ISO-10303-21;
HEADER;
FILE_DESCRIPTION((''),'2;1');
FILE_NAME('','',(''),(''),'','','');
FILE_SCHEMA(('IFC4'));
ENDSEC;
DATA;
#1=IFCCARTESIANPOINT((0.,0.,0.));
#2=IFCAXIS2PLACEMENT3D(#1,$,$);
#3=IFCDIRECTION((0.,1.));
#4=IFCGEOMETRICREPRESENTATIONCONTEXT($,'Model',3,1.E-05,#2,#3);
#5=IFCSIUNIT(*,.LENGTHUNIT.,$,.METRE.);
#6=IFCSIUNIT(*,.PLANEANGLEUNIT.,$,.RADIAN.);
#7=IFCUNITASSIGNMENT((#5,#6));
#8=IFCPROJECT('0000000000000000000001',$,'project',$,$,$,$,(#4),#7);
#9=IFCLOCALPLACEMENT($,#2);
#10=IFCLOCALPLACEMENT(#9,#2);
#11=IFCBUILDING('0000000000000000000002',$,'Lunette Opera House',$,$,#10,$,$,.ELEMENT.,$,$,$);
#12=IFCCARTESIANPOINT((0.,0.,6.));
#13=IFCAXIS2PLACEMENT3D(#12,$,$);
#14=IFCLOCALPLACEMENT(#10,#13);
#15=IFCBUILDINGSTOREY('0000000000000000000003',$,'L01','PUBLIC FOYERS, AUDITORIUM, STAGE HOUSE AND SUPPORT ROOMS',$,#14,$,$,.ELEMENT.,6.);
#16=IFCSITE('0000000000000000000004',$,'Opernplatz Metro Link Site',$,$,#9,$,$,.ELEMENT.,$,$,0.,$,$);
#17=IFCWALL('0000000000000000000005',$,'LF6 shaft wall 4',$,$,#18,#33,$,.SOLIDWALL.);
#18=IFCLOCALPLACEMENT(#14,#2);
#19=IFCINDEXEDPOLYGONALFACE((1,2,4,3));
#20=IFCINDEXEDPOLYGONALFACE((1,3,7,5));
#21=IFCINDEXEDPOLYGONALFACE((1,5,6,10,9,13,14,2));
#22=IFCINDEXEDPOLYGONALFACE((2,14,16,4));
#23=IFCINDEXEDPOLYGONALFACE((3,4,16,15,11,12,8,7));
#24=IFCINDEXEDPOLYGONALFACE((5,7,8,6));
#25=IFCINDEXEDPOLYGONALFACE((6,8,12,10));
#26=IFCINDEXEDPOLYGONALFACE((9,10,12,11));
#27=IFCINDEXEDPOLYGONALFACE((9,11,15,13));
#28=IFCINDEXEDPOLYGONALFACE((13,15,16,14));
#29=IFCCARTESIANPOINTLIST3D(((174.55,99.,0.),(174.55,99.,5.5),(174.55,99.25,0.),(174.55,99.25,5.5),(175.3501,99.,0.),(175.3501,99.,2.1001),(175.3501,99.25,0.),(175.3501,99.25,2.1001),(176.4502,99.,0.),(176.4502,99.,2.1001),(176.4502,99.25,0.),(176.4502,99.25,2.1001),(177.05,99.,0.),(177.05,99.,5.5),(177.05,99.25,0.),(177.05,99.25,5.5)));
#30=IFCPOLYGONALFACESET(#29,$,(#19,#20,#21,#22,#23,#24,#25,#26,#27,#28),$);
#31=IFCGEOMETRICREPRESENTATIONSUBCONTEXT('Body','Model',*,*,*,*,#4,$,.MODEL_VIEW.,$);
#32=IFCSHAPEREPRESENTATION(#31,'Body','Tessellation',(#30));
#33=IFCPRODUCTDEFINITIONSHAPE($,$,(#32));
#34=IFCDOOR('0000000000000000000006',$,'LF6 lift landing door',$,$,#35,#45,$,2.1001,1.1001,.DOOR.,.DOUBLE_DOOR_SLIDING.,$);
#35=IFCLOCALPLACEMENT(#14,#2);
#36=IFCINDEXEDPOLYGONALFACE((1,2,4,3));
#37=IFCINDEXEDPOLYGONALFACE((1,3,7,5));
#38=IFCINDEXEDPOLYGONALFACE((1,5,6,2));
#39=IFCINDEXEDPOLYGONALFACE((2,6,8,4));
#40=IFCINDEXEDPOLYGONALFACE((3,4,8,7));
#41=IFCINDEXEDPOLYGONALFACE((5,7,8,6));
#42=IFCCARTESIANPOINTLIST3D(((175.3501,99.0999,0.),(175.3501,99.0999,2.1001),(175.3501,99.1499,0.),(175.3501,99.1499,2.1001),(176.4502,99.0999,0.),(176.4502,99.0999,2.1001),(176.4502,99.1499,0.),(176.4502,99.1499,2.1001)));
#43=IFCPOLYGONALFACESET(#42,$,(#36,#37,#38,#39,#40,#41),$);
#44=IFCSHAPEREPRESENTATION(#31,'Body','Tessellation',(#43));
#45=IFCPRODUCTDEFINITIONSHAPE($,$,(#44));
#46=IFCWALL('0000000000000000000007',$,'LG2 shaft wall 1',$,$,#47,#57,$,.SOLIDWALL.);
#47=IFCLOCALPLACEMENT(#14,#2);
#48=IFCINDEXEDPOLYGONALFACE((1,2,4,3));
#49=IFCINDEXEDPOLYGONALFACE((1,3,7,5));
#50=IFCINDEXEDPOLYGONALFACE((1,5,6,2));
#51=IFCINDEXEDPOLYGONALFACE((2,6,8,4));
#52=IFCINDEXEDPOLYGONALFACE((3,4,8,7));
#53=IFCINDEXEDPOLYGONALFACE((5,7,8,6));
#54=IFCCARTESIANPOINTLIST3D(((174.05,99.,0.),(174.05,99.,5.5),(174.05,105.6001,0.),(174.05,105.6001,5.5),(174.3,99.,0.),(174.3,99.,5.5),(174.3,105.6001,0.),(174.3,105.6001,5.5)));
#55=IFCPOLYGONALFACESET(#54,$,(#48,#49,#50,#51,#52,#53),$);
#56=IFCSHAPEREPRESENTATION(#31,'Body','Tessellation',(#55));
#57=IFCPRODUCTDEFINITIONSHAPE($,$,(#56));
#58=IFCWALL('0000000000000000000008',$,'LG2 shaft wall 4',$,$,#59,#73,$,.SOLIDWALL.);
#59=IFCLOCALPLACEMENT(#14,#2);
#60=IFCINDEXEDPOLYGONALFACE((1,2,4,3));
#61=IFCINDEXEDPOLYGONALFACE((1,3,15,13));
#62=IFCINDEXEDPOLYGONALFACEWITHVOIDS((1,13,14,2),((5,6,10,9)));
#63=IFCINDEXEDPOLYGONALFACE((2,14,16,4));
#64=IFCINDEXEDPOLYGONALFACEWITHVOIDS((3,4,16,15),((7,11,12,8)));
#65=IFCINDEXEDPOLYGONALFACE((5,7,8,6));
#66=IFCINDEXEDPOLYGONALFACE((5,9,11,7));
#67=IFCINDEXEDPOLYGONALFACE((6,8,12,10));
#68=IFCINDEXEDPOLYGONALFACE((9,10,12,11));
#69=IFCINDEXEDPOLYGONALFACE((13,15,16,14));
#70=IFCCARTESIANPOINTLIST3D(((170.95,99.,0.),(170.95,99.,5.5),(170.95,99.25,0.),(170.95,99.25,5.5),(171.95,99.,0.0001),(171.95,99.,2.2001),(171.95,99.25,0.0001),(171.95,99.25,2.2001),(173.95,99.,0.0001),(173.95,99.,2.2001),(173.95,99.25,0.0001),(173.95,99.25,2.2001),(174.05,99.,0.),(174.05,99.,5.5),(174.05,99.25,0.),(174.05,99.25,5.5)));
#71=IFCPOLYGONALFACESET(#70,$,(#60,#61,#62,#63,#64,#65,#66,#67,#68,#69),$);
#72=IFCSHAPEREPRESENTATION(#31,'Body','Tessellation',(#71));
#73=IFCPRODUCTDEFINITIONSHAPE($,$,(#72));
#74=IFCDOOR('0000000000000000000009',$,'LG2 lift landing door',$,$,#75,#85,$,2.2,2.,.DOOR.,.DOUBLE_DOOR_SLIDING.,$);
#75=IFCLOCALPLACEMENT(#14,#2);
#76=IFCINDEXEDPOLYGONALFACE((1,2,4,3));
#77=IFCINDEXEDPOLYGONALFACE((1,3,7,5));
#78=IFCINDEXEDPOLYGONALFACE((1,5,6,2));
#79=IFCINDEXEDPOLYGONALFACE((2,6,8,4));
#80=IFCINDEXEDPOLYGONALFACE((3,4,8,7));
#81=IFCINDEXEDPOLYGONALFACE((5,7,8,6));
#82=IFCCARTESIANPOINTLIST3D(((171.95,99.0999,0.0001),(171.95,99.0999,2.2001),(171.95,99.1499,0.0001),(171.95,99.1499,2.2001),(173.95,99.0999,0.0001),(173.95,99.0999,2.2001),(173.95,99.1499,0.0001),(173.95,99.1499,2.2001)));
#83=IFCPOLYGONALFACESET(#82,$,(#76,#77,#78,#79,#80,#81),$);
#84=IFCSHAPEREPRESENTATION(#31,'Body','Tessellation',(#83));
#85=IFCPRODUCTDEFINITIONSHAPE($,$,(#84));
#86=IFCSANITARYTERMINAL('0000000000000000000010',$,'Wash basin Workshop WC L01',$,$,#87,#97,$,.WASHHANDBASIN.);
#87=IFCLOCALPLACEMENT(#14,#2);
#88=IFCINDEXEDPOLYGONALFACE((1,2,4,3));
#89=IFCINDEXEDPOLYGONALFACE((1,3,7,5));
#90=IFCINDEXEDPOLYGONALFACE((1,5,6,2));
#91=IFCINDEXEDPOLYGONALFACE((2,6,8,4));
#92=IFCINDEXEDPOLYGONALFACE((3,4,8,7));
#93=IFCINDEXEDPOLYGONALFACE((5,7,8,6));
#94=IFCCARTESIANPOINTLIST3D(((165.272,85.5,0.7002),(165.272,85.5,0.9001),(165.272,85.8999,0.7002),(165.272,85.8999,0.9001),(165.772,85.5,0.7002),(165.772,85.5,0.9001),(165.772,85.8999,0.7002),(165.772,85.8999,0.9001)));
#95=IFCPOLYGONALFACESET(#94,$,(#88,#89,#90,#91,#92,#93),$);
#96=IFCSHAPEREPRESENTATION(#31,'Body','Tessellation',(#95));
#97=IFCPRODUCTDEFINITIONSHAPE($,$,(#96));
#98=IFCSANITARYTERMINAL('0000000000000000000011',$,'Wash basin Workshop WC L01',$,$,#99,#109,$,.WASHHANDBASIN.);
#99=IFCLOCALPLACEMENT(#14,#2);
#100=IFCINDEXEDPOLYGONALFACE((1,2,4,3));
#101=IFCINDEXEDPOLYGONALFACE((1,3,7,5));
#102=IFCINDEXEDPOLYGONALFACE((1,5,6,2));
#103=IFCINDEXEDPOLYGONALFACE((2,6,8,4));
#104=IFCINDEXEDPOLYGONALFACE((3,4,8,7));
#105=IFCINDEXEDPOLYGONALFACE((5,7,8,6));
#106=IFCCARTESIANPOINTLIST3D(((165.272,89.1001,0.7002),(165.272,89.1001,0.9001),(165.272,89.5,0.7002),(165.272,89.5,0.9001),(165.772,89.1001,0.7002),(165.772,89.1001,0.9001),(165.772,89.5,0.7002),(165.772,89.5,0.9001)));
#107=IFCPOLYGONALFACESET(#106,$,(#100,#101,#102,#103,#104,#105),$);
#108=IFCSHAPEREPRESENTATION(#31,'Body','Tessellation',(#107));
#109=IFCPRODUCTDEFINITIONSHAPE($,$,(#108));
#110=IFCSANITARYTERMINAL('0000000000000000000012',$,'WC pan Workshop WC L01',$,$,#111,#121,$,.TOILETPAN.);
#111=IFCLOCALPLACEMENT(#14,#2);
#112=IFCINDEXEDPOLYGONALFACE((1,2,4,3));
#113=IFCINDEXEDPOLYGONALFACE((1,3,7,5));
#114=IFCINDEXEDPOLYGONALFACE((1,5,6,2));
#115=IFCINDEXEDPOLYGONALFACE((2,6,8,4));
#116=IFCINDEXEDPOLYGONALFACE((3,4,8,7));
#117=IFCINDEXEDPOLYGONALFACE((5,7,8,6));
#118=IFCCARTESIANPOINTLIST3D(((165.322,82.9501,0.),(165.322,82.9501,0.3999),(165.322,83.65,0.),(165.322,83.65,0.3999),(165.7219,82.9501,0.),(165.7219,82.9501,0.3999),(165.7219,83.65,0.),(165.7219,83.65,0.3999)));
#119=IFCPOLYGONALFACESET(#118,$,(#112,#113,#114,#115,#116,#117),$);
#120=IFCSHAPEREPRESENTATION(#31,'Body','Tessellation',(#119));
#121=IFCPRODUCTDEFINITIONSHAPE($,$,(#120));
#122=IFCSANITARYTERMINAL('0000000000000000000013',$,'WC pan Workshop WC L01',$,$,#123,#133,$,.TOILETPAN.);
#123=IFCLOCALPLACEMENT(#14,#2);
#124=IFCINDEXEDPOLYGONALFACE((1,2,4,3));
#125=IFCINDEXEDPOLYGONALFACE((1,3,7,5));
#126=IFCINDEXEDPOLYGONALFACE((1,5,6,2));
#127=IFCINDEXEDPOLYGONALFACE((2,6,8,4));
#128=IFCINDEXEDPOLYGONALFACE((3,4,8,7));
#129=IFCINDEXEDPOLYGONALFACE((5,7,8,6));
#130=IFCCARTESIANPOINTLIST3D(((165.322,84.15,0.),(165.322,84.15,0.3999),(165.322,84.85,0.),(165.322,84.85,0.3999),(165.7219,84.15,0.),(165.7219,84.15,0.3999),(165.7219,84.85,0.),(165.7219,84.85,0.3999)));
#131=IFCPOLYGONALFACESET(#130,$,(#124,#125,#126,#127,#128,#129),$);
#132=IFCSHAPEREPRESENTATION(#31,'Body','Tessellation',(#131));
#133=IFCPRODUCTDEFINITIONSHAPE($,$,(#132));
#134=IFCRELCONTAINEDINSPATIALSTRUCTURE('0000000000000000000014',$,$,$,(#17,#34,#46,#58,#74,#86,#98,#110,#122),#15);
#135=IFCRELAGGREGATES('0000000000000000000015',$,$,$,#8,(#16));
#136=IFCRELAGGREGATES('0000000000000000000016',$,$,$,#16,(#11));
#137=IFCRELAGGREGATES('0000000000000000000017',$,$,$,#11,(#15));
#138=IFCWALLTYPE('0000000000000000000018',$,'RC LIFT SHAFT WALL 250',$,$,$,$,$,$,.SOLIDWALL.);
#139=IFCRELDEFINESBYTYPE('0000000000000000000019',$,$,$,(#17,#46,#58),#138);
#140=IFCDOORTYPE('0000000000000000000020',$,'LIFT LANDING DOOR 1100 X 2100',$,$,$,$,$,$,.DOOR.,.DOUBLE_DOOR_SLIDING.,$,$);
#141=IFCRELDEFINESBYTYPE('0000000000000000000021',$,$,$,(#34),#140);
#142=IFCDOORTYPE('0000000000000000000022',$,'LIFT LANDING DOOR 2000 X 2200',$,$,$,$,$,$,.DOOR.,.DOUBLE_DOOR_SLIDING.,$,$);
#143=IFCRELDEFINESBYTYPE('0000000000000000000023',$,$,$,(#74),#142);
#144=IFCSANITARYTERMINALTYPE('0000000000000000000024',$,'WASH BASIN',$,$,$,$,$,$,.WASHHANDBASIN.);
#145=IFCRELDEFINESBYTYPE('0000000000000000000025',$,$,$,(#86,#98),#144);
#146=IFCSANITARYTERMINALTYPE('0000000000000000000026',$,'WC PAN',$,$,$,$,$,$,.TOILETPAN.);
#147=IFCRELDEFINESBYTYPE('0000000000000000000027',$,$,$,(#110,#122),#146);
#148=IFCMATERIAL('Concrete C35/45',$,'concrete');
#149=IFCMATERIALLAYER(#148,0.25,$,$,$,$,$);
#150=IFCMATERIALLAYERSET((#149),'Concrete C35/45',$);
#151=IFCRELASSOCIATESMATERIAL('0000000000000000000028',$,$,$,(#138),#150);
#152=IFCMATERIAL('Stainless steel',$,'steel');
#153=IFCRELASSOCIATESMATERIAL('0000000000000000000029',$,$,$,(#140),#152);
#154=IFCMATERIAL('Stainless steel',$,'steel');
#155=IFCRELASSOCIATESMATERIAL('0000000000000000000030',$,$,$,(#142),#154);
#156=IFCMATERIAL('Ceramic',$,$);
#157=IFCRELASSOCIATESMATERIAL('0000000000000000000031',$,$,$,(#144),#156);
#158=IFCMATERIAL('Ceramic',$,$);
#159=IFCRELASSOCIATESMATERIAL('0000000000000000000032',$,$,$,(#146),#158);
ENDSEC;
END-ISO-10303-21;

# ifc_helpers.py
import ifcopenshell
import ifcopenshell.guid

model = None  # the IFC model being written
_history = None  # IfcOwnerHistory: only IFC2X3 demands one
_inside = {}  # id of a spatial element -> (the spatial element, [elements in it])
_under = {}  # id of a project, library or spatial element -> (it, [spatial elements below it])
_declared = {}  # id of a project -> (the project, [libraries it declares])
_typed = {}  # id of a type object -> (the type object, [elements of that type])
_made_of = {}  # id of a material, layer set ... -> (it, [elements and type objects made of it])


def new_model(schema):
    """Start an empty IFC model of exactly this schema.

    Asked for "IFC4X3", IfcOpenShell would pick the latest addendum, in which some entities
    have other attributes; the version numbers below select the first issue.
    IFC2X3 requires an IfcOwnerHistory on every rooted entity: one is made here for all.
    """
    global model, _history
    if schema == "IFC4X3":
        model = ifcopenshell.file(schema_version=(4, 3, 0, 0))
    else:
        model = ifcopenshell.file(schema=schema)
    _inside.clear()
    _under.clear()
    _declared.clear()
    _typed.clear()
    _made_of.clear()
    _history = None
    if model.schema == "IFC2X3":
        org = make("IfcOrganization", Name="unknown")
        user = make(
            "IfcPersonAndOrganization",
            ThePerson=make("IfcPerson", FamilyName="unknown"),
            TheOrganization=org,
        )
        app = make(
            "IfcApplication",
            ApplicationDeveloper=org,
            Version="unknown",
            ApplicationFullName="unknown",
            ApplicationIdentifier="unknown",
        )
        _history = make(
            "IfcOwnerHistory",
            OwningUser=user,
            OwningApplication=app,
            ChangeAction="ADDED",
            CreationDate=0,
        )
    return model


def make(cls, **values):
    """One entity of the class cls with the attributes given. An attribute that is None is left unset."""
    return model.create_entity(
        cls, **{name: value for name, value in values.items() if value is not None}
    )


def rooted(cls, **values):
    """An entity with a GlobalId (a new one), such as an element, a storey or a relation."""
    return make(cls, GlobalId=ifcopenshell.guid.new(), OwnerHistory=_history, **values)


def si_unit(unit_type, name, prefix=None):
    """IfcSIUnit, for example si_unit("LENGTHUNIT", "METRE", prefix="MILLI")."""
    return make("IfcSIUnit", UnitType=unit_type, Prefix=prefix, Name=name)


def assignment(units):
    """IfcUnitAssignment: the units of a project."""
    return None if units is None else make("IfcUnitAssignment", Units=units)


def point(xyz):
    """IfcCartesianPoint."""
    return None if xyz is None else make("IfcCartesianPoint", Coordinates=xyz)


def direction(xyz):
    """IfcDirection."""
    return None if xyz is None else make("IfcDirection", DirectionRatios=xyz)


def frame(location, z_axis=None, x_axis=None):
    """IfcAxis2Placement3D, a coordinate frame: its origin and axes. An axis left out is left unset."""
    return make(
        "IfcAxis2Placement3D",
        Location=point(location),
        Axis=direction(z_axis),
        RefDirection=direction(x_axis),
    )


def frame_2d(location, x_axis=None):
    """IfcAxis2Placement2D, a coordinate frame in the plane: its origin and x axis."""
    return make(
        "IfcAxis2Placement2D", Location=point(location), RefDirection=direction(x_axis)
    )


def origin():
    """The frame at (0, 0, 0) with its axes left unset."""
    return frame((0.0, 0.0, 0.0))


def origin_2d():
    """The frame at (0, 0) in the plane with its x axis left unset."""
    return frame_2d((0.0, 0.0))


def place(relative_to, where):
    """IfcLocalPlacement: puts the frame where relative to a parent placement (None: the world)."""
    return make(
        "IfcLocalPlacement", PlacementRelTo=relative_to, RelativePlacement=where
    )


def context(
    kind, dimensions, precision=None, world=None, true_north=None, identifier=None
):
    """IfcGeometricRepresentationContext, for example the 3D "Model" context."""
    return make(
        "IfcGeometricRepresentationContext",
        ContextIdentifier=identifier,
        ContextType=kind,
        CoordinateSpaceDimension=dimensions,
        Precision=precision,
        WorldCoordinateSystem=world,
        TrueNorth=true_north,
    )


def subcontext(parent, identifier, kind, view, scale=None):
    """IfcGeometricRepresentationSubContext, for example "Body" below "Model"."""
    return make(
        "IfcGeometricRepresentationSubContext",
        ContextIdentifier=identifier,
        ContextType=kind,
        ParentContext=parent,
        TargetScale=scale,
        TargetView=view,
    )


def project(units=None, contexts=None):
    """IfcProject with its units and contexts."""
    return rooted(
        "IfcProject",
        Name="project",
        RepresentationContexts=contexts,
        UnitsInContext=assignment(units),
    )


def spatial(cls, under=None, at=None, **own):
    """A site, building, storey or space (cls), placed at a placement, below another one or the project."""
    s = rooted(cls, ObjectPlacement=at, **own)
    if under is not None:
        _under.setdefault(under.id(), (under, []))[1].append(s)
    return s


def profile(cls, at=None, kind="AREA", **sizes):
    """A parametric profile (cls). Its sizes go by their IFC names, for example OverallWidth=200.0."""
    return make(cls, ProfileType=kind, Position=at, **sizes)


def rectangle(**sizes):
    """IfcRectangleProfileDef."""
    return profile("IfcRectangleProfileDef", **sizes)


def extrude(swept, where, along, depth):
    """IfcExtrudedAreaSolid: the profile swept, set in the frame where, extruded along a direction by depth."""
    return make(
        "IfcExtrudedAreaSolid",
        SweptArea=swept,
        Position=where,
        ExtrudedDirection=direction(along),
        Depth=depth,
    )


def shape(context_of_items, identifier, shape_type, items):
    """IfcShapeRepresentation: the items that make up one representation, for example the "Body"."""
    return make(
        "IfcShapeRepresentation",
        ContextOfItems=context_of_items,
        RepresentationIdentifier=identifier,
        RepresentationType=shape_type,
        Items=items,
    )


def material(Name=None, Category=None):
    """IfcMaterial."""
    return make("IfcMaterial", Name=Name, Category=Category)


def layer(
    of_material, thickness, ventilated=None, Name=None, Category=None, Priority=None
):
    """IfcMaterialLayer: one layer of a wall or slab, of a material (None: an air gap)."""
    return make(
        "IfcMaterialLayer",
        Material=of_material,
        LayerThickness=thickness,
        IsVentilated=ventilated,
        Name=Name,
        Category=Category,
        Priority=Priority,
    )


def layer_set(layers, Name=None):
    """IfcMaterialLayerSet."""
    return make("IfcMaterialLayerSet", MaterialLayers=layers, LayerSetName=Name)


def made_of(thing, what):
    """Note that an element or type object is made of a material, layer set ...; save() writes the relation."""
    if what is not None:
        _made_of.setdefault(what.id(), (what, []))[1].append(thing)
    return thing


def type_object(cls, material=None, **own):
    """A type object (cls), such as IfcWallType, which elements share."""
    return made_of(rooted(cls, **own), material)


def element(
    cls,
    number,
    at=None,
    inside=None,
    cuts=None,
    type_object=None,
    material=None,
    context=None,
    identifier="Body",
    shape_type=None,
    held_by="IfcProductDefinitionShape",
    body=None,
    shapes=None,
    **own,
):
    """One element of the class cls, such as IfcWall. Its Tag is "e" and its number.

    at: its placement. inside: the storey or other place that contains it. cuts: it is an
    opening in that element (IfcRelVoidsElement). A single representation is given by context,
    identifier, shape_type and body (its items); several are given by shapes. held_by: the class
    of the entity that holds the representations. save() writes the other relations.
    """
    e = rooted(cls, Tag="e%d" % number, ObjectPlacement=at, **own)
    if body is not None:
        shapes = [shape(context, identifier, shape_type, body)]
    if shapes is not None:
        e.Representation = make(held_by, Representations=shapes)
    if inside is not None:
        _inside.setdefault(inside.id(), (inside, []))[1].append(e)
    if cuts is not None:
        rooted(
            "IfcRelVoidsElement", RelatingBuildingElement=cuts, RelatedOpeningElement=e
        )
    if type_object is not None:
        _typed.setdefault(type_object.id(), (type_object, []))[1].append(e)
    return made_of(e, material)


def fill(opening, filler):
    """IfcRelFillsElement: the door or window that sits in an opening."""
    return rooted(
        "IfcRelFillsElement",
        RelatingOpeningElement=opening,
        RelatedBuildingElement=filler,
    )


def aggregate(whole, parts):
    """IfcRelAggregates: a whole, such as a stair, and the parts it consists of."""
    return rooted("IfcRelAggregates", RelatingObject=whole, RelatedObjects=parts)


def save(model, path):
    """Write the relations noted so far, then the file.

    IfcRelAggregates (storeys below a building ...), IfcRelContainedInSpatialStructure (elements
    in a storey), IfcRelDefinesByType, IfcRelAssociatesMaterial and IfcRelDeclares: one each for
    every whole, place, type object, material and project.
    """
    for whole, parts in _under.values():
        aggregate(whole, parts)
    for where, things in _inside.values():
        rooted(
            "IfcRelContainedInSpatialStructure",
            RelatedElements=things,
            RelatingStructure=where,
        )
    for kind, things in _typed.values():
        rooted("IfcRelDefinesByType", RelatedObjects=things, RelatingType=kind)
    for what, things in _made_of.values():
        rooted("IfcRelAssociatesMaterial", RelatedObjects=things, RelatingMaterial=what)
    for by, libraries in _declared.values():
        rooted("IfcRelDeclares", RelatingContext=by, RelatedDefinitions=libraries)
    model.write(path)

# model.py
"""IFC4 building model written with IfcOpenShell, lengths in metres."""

from ifc_helpers import new_model, si_unit, direction, frame, frame_2d, origin, origin_2d, place, context, subcontext, project, spatial, rectangle, extrude, material, layer, layer_set, type_object, element, fill, save


model = new_model("IFC4")

# Units and contexts
model_context = context("Model", 3, precision=1e-05, world=origin(), true_north=direction((0.0, 1.0)))
body_context = subcontext(model_context, "Body", "Model", "MODEL_VIEW")
ifc_project = project(units=[si_unit("LENGTHUNIT", "METRE"), si_unit("PLANEANGLEUNIT", "RADIAN")], contexts=[model_context])

# Site, building, storey
site_placement = place(None, origin())
site = spatial("IfcSite", under=ifc_project, at=site_placement, Name="Opernplatz Metro Link Site", CompositionType="ELEMENT", RefElevation=0.0)
building_placement = place(site_placement, origin())
building = spatial("IfcBuilding", under=site, at=building_placement, Name="Lunette Opera House", CompositionType="ELEMENT")
storey_placement = place(building_placement, frame((0.0, 0.0, 6.0)))
storey = spatial("IfcBuildingStorey", under=building, at=storey_placement, Name="L01", Description="PUBLIC FOYERS, AUDITORIUM, STAGE HOUSE AND SUPPORT ROOMS", CompositionType="ELEMENT", Elevation=6.0)

# Wall, opening, door
ifc_material_1 = material(Name="Concrete C35/45", Category="concrete")
ifc_layer_1 = layer(ifc_material_1, 0.25)
ifc_layer_set_1 = layer_set([ifc_layer_1], Name="Concrete C35/45")
wall_type_1 = type_object("IfcWallType", Name="RC LIFT SHAFT WALL 250", PredefinedType="SOLIDWALL", material=ifc_layer_set_1)
wall_1_placement = place(storey_placement, frame((174.55, 99.125, 0.0), z_axis=(0.0, 0.0, 1.0), x_axis=(1.0, 0.0, 0.0)))
wall_1 = element("IfcWall", 1, at=wall_1_placement, inside=storey, type_object=wall_type_1, Name="LF6 shaft wall 4", PredefinedType="SOLIDWALL", context=body_context, shape_type="SweptSolid", body=[
    extrude(rectangle(XDim=2.5, YDim=0.25, at=frame_2d((1.25, 0.0))), origin(), (0.0, 0.0, 1.0), 5.5),
])
opening_1_placement = place(wall_1_placement, frame((0.8, 0.0, 0.0)))
opening_1 = element("IfcOpeningElement", 2, at=opening_1_placement, cuts=wall_1, PredefinedType="OPENING", context=body_context, shape_type="SweptSolid", body=[
    extrude(rectangle(XDim=1.1001, YDim=2.1001, at=frame_2d((0.55, 1.05))), frame((0.0, 0.137, 0.0), z_axis=(0.0, -1.0, 0.0), x_axis=(1.0, 0.0, 0.0)), (0.0, 0.0, 1.0), 0.2739),
])
ifc_material_2 = material(Name="Stainless steel", Category="steel")
door_type_1 = type_object("IfcDoorType", Name="LIFT LANDING DOOR 1100 X 2100", OperationType="DOUBLE_DOOR_SLIDING", PredefinedType="DOOR", material=ifc_material_2)
door_1_placement = place(opening_1_placement, origin())
door_1 = element("IfcDoor", 3, at=door_1_placement, inside=storey, type_object=door_type_1, Name="LF6 lift landing door", OperationType="DOUBLE_DOOR_SLIDING", OverallHeight=2.1001, OverallWidth=1.1001, PredefinedType="DOOR", context=body_context, shape_type="SweptSolid", body=[
    extrude(rectangle(XDim=1.1001, YDim=2.1001, at=frame_2d((0.55, 1.05))), frame((0.0, 0.0249, 0.0), z_axis=(0.0, -1.0, 0.0), x_axis=(1.0, 0.0, 0.0)), (0.0, 0.0, 1.0), 0.05),
])
fill(opening_1, door_1)

# Wall
wall_2_placement = place(storey_placement, frame((174.175, 99.0, 0.0), z_axis=(0.0, 0.0, 1.0), x_axis=(0.0, 1.0, 0.0)))
element("IfcWall", 4, at=wall_2_placement, inside=storey, type_object=wall_type_1, Name="LG2 shaft wall 1", PredefinedType="SOLIDWALL", context=body_context, shape_type="SweptSolid", body=[
    extrude(rectangle(XDim=6.6001, YDim=0.25, at=frame_2d((3.3, 0.0))), origin(), (0.0, 0.0, 1.0), 5.5),
])

# Wall, opening, door
wall_3_placement = place(storey_placement, frame((170.95, 99.125, 0.0), z_axis=(0.0, 0.0, 1.0), x_axis=(1.0, 0.0, 0.0)))
wall_3 = element("IfcWall", 5, at=wall_3_placement, inside=storey, type_object=wall_type_1, Name="LG2 shaft wall 4", PredefinedType="SOLIDWALL", context=body_context, shape_type="SweptSolid", body=[
    extrude(rectangle(XDim=3.1001, YDim=0.25, at=frame_2d((1.55, 0.0))), origin(), (0.0, 0.0, 1.0), 5.5),
])
opening_2_placement = place(wall_3_placement, frame((1.0, 0.0, 0.0)))
opening_2 = element("IfcOpeningElement", 6, at=opening_2_placement, cuts=wall_3, PredefinedType="OPENING", context=body_context, shape_type="SweptSolid", body=[
    extrude(rectangle(XDim=2.0, YDim=2.2, at=frame_2d((1.0, 1.1001))), frame((0.0, 0.137, 0.0), z_axis=(0.0, -1.0, 0.0), x_axis=(1.0, 0.0, 0.0)), (0.0, 0.0, 1.0), 0.2739),
])
ifc_material_3 = material(Name="Stainless steel", Category="steel")
door_type_2 = type_object("IfcDoorType", Name="LIFT LANDING DOOR 2000 X 2200", OperationType="DOUBLE_DOOR_SLIDING", PredefinedType="DOOR", material=ifc_material_3)
door_2_placement = place(opening_2_placement, origin())
door_2 = element("IfcDoor", 7, at=door_2_placement, inside=storey, type_object=door_type_2, Name="LG2 lift landing door", OperationType="DOUBLE_DOOR_SLIDING", OverallHeight=2.2, OverallWidth=2.0, PredefinedType="DOOR", context=body_context, shape_type="SweptSolid", body=[
    extrude(rectangle(XDim=2.0, YDim=2.2, at=frame_2d((1.0, 1.1001))), frame((0.0, 0.0249, 0.0), z_axis=(0.0, -1.0, 0.0), x_axis=(1.0, 0.0, 0.0)), (0.0, 0.0, 1.0), 0.05),
])
fill(opening_2, door_2)

# Sanitary terminals
ifc_material_4 = material(Name="Ceramic")
sanitary_terminal_type_1 = type_object("IfcSanitaryTerminalType", Name="WASH BASIN", PredefinedType="WASHHANDBASIN", material=ifc_material_4)
for number, where, z_axis, x_axis, name in (
    (8, (165.522, 85.7, 0.7002), (0.0, 0.0, 1.0), (1.0, 0.0, 0.0), "Wash basin Workshop WC L01"),
    (9, (165.522, 89.3, 0.7002), (0.0, 0.0, 1.0), (1.0, 0.0, 0.0), "Wash basin Workshop WC L01"),
):
    element("IfcSanitaryTerminal", number, at=place(storey_placement, frame(where, z_axis=z_axis, x_axis=x_axis)), inside=storey, type_object=sanitary_terminal_type_1, Name=name, PredefinedType="WASHHANDBASIN", context=body_context, shape_type="SweptSolid", body=[
        extrude(rectangle(XDim=0.5, YDim=0.3999, at=origin_2d()), origin(), (0.0, 0.0, 1.0), 0.2),
    ])
ifc_material_5 = material(Name="Ceramic")
sanitary_terminal_type_2 = type_object("IfcSanitaryTerminalType", Name="WC PAN", PredefinedType="TOILETPAN", material=ifc_material_5)
for number, where, z_axis, x_axis, name in (
    (10, (165.522, 83.3, 0.0), (0.0, 0.0, 1.0), (1.0, 0.0, 0.0), "WC pan Workshop WC L01"),
    (11, (165.522, 84.5, 0.0), (0.0, 0.0, 1.0), (1.0, 0.0, 0.0), "WC pan Workshop WC L01"),
):
    element("IfcSanitaryTerminal", number, at=place(storey_placement, frame(where, z_axis=z_axis, x_axis=x_axis)), inside=storey, type_object=sanitary_terminal_type_2, Name=name, PredefinedType="TOILETPAN", context=body_context, shape_type="SweptSolid", body=[
        extrude(rectangle(XDim=0.3999, YDim=0.7, at=origin_2d()), origin(), (0.0, 0.0, 1.0), 0.3999),
    ])

save(model, "model.ifc")
